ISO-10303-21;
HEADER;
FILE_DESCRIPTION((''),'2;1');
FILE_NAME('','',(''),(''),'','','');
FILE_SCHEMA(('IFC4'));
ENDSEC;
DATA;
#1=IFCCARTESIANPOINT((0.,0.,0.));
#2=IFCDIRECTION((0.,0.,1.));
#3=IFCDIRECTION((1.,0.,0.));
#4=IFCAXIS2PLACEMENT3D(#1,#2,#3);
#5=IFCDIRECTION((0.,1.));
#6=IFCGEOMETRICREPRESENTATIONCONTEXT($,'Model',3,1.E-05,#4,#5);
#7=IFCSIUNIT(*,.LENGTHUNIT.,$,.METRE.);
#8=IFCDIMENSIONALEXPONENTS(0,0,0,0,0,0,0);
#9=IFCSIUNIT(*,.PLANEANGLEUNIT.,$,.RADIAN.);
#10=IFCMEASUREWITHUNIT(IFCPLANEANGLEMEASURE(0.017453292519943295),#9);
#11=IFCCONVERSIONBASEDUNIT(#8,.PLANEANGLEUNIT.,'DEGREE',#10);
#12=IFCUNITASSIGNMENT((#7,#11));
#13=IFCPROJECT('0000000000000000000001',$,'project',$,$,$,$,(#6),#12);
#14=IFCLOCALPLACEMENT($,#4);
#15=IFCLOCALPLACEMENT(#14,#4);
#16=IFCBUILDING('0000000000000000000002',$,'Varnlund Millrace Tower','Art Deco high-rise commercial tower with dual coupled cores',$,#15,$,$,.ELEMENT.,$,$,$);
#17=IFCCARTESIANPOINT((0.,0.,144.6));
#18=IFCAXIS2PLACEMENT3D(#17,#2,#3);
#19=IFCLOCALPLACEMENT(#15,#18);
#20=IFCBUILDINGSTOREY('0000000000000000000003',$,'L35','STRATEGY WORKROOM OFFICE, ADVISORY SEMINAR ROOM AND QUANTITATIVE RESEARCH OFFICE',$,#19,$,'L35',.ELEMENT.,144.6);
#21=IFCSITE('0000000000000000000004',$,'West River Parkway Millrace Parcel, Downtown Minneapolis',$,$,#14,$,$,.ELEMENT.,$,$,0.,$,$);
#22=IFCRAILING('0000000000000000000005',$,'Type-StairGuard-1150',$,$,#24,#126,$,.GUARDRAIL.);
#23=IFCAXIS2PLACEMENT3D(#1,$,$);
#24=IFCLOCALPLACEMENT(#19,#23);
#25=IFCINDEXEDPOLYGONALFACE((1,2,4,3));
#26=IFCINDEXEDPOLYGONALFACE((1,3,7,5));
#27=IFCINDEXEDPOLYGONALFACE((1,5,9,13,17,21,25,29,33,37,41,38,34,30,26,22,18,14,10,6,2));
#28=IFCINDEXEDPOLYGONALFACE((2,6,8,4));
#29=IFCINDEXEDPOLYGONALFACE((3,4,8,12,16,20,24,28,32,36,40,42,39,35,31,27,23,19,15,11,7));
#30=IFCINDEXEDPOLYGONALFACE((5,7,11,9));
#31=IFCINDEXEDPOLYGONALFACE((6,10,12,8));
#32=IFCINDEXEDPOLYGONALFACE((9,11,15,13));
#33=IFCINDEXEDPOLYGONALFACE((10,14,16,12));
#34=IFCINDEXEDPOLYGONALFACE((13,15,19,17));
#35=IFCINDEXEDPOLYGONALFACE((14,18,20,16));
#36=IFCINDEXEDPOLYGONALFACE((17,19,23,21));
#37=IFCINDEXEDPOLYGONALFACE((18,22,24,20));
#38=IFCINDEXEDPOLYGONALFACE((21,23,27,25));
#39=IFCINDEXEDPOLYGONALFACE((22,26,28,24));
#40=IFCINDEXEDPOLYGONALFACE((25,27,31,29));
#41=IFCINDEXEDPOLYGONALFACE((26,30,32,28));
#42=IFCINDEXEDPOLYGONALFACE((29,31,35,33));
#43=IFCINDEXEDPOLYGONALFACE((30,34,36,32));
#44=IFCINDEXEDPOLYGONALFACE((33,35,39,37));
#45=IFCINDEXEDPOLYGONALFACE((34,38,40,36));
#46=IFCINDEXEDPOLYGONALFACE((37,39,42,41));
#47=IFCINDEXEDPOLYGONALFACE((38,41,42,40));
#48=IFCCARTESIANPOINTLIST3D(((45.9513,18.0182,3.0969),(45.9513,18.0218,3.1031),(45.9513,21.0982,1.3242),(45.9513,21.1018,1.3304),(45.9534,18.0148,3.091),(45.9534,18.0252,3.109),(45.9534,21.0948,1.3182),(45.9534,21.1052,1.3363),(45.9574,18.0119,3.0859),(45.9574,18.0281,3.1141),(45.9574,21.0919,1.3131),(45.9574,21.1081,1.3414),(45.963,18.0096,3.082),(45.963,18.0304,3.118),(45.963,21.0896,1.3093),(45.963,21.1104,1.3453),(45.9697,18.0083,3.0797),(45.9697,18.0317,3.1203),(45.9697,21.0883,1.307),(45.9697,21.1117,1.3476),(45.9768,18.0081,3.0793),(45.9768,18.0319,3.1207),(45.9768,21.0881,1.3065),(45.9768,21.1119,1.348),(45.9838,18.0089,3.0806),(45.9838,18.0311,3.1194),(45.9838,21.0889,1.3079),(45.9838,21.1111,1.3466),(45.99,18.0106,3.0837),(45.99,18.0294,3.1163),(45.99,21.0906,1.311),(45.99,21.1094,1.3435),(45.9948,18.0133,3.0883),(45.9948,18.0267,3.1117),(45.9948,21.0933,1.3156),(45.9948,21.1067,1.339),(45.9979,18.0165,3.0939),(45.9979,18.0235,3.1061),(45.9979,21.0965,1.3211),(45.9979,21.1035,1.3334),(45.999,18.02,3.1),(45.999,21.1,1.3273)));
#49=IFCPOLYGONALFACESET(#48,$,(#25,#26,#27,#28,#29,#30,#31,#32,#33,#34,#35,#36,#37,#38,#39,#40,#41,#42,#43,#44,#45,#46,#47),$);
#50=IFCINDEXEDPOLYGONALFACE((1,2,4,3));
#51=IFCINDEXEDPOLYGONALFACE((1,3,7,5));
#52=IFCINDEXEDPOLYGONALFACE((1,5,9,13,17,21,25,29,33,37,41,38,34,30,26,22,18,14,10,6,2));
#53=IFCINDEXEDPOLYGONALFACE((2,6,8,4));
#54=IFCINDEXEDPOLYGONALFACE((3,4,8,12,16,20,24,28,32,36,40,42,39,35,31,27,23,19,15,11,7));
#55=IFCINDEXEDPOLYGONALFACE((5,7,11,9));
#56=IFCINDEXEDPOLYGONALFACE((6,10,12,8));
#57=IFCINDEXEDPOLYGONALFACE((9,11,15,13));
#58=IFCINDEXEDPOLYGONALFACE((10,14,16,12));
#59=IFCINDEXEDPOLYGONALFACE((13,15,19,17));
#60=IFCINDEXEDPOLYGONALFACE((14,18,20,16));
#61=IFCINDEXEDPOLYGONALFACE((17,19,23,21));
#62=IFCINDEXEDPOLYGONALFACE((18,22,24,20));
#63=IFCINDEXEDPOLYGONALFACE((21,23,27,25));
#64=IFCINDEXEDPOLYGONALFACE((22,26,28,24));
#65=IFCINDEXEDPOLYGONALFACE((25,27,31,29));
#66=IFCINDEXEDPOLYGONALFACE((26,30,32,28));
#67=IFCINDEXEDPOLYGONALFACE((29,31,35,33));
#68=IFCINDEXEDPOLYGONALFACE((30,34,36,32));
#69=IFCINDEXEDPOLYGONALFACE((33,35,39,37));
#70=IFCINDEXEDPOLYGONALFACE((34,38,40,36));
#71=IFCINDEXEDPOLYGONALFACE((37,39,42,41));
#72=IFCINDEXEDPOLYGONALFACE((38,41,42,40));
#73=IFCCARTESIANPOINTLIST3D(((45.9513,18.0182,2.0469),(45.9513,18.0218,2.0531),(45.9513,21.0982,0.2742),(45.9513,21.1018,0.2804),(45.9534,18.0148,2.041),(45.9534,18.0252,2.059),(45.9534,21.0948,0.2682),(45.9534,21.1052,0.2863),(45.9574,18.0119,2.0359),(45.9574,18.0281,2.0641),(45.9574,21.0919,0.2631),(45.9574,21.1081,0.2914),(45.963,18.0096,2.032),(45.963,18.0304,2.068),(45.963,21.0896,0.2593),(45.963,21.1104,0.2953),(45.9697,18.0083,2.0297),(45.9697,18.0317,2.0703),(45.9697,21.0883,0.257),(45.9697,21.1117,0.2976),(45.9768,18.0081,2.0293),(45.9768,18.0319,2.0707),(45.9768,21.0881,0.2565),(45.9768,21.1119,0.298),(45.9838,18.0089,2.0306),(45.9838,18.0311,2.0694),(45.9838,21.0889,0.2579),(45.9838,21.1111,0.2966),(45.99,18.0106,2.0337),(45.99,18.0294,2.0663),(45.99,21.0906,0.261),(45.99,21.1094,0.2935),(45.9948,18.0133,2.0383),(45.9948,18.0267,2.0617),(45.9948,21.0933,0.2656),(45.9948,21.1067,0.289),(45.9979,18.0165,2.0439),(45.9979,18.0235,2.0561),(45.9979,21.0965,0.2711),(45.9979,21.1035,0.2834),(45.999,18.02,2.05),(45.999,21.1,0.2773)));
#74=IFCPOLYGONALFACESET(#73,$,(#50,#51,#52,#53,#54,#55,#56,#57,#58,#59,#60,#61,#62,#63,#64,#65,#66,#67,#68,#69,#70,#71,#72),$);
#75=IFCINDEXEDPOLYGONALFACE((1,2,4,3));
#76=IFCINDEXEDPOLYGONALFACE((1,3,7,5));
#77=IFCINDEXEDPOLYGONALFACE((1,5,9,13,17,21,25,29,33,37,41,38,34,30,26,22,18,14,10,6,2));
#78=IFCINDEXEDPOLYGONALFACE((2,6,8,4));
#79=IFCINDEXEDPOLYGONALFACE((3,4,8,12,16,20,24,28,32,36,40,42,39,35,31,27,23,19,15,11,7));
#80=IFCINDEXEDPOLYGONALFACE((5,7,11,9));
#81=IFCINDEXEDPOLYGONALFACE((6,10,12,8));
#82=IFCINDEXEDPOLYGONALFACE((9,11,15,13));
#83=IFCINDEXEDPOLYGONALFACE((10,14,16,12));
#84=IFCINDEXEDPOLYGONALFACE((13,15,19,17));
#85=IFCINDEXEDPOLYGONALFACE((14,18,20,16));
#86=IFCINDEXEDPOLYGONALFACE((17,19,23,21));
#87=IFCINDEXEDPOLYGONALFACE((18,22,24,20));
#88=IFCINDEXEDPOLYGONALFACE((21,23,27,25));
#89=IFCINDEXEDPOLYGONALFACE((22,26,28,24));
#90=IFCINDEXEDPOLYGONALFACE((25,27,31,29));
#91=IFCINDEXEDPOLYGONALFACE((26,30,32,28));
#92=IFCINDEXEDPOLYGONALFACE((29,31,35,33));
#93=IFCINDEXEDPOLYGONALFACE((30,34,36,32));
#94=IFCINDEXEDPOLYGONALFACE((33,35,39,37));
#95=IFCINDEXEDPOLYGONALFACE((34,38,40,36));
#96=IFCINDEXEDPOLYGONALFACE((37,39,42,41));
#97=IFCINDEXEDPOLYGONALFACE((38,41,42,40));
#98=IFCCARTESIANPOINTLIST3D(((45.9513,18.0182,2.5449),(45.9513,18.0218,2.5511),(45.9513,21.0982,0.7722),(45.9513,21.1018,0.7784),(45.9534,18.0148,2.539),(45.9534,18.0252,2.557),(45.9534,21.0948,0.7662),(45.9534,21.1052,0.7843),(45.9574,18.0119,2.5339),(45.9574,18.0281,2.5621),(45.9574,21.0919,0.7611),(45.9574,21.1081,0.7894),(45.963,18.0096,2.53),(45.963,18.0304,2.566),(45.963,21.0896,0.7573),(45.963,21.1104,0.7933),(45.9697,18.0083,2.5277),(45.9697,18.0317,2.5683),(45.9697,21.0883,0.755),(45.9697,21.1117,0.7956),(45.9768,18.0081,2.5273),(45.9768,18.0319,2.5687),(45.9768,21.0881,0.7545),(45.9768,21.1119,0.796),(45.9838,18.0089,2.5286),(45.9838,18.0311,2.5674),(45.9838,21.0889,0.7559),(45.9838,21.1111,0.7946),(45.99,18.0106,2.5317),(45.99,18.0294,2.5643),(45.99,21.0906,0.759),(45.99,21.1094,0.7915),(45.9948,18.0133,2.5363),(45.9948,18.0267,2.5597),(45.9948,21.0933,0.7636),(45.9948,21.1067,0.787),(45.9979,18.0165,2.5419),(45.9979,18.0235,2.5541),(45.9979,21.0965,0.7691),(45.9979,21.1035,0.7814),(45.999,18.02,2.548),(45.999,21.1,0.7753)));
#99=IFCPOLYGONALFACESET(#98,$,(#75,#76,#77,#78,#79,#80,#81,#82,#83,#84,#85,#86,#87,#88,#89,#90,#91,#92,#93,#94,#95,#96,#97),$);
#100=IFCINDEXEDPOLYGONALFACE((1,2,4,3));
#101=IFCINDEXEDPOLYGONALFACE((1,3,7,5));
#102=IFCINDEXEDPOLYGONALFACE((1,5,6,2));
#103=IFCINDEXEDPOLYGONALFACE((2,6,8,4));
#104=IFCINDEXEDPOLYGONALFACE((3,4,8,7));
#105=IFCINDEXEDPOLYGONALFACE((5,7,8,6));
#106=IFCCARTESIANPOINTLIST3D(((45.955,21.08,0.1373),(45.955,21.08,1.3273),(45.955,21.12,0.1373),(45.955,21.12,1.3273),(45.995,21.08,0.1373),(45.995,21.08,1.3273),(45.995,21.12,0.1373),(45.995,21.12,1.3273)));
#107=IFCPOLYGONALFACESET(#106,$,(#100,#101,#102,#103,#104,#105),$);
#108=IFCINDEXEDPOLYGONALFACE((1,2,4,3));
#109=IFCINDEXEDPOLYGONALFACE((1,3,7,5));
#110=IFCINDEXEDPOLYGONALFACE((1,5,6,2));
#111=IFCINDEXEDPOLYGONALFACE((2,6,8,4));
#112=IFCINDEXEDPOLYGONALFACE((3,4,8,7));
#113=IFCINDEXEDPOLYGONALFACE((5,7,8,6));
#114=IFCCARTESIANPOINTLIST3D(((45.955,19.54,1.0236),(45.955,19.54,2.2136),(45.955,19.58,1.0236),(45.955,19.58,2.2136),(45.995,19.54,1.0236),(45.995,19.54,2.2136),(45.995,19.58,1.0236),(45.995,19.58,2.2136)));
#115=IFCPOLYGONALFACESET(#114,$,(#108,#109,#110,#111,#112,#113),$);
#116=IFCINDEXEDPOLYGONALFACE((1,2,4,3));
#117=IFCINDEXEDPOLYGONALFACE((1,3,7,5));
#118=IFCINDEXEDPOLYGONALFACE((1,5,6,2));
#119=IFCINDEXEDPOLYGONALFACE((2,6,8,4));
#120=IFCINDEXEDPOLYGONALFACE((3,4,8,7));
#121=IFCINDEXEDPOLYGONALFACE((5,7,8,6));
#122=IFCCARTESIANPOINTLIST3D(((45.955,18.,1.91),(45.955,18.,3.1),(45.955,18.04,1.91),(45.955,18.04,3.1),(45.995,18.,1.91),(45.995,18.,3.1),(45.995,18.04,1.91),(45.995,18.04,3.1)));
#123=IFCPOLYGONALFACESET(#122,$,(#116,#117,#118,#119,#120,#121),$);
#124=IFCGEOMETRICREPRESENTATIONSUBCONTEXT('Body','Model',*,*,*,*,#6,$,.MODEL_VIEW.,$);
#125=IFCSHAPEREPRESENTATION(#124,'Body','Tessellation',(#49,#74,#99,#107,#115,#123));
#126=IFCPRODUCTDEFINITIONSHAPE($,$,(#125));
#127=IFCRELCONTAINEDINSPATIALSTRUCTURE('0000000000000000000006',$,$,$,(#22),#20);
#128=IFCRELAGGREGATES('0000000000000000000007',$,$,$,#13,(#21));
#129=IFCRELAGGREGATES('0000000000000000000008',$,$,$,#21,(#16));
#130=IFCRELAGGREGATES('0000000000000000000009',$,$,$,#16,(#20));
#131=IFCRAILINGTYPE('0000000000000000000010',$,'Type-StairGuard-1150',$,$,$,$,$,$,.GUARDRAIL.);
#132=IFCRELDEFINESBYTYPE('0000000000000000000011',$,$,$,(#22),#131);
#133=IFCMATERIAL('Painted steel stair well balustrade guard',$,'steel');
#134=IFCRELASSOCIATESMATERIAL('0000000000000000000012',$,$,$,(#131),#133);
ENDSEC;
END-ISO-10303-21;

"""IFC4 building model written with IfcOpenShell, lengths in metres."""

from ifc_helpers import new_model, entity, si_unit, converted_unit, direction, frame, origin_with_axes, origin_2d_with_axis, place, context, subcontext, project, spatial, rectangle, circle, extrude, material, type_object, element, save


model = new_model("IFC4")

# Units and contexts
model_context = context("Model", 3, precision=1e-05, world=origin_with_axes(), true_north=direction((0.0, 1.0)))
body_context = subcontext(model_context, "Body", "Model", "MODEL_VIEW")
ifc_project = project(units=[si_unit("LENGTHUNIT", "METRE"), converted_unit("PLANEANGLEUNIT", "DEGREE", entity("IfcPlaneAngleMeasure", 0.017453292519943295), si_unit("PLANEANGLEUNIT", "RADIAN"), dimensions=[0, 0, 0, 0, 0, 0, 0])], contexts=[model_context])

# Site, building, storey
site_placement = place(None, origin_with_axes())
site = spatial("IfcSite", under=ifc_project, at=site_placement, Name="West River Parkway Millrace Parcel, Downtown Minneapolis", CompositionType="ELEMENT", RefElevation=0.0)
building_placement = place(site_placement, origin_with_axes())
building = spatial("IfcBuilding", under=site, at=building_placement, Name="Varnlund Millrace Tower", Description="Art Deco high-rise commercial tower with dual coupled cores", CompositionType="ELEMENT")
storey_placement = place(building_placement, frame((0.0, 0.0, 144.6), z_axis=(0.0, 0.0, 1.0), x_axis=(1.0, 0.0, 0.0)))
storey = spatial("IfcBuildingStorey", under=building, at=storey_placement, Name="L35", Description="STRATEGY WORKROOM OFFICE, ADVISORY SEMINAR ROOM AND QUANTITATIVE RESEARCH OFFICE", LongName="L35", CompositionType="ELEMENT", Elevation=144.6)

# Railing
ifc_material_1 = material(Name="Painted steel stair well balustrade guard", Category="steel")
railing_type_1 = type_object("IfcRailingType", Name="Type-StairGuard-1150", PredefinedType="GUARDRAIL", material=ifc_material_1)
railing_1_placement = place(storey_placement, frame((0.0, 0.0, -144.6), z_axis=(0.0, 0.0, 1.0), x_axis=(1.0, 0.0, 0.0)))
element("IfcRailing", 1, at=railing_1_placement, inside=storey, type_object=railing_type_1, Name="Type-StairGuard-1150", PredefinedType="GUARDRAIL", context=body_context, shape_type="SweptSolid", body=[
    extrude(circle(Radius=0.024, at=origin_2d_with_axis()), frame((45.975, 21.1, 145.9273), z_axis=(0.0, -0.866696, 0.498836), x_axis=(1.0, 0.0, 0.0)), (0.0, 0.0, 1.0), 3.5537),
    extrude(circle(Radius=0.024, at=origin_2d_with_axis()), frame((45.975, 21.1, 144.8773), z_axis=(0.0, -0.866696, 0.498836), x_axis=(1.0, 0.0, 0.0)), (0.0, 0.0, 1.0), 3.5537),
    extrude(circle(Radius=0.024, at=origin_2d_with_axis()), frame((45.975, 21.1, 145.3753), z_axis=(0.0, -0.866696, 0.498836), x_axis=(1.0, 0.0, 0.0)), (0.0, 0.0, 1.0), 3.5537),
    extrude(rectangle(XDim=0.04, YDim=0.04, at=origin_2d_with_axis()), frame((45.975, 21.1, 144.7373), z_axis=(0.0, 0.0, 1.0), x_axis=(1.0, 0.0, 0.0)), (0.0, 0.0, 1.0), 1.19),
    extrude(rectangle(XDim=0.04, YDim=0.04, at=origin_2d_with_axis()), frame((45.975, 19.56, 145.6236), z_axis=(0.0, 0.0, 1.0), x_axis=(1.0, 0.0, 0.0)), (0.0, 0.0, 1.0), 1.19),
    extrude(rectangle(XDim=0.04, YDim=0.04, at=origin_2d_with_axis()), frame((45.975, 18.02, 146.51), z_axis=(0.0, 0.0, 1.0), x_axis=(1.0, 0.0, 0.0)), (0.0, 0.0, 1.0), 1.19),
])

save(model, "model.ifc")
